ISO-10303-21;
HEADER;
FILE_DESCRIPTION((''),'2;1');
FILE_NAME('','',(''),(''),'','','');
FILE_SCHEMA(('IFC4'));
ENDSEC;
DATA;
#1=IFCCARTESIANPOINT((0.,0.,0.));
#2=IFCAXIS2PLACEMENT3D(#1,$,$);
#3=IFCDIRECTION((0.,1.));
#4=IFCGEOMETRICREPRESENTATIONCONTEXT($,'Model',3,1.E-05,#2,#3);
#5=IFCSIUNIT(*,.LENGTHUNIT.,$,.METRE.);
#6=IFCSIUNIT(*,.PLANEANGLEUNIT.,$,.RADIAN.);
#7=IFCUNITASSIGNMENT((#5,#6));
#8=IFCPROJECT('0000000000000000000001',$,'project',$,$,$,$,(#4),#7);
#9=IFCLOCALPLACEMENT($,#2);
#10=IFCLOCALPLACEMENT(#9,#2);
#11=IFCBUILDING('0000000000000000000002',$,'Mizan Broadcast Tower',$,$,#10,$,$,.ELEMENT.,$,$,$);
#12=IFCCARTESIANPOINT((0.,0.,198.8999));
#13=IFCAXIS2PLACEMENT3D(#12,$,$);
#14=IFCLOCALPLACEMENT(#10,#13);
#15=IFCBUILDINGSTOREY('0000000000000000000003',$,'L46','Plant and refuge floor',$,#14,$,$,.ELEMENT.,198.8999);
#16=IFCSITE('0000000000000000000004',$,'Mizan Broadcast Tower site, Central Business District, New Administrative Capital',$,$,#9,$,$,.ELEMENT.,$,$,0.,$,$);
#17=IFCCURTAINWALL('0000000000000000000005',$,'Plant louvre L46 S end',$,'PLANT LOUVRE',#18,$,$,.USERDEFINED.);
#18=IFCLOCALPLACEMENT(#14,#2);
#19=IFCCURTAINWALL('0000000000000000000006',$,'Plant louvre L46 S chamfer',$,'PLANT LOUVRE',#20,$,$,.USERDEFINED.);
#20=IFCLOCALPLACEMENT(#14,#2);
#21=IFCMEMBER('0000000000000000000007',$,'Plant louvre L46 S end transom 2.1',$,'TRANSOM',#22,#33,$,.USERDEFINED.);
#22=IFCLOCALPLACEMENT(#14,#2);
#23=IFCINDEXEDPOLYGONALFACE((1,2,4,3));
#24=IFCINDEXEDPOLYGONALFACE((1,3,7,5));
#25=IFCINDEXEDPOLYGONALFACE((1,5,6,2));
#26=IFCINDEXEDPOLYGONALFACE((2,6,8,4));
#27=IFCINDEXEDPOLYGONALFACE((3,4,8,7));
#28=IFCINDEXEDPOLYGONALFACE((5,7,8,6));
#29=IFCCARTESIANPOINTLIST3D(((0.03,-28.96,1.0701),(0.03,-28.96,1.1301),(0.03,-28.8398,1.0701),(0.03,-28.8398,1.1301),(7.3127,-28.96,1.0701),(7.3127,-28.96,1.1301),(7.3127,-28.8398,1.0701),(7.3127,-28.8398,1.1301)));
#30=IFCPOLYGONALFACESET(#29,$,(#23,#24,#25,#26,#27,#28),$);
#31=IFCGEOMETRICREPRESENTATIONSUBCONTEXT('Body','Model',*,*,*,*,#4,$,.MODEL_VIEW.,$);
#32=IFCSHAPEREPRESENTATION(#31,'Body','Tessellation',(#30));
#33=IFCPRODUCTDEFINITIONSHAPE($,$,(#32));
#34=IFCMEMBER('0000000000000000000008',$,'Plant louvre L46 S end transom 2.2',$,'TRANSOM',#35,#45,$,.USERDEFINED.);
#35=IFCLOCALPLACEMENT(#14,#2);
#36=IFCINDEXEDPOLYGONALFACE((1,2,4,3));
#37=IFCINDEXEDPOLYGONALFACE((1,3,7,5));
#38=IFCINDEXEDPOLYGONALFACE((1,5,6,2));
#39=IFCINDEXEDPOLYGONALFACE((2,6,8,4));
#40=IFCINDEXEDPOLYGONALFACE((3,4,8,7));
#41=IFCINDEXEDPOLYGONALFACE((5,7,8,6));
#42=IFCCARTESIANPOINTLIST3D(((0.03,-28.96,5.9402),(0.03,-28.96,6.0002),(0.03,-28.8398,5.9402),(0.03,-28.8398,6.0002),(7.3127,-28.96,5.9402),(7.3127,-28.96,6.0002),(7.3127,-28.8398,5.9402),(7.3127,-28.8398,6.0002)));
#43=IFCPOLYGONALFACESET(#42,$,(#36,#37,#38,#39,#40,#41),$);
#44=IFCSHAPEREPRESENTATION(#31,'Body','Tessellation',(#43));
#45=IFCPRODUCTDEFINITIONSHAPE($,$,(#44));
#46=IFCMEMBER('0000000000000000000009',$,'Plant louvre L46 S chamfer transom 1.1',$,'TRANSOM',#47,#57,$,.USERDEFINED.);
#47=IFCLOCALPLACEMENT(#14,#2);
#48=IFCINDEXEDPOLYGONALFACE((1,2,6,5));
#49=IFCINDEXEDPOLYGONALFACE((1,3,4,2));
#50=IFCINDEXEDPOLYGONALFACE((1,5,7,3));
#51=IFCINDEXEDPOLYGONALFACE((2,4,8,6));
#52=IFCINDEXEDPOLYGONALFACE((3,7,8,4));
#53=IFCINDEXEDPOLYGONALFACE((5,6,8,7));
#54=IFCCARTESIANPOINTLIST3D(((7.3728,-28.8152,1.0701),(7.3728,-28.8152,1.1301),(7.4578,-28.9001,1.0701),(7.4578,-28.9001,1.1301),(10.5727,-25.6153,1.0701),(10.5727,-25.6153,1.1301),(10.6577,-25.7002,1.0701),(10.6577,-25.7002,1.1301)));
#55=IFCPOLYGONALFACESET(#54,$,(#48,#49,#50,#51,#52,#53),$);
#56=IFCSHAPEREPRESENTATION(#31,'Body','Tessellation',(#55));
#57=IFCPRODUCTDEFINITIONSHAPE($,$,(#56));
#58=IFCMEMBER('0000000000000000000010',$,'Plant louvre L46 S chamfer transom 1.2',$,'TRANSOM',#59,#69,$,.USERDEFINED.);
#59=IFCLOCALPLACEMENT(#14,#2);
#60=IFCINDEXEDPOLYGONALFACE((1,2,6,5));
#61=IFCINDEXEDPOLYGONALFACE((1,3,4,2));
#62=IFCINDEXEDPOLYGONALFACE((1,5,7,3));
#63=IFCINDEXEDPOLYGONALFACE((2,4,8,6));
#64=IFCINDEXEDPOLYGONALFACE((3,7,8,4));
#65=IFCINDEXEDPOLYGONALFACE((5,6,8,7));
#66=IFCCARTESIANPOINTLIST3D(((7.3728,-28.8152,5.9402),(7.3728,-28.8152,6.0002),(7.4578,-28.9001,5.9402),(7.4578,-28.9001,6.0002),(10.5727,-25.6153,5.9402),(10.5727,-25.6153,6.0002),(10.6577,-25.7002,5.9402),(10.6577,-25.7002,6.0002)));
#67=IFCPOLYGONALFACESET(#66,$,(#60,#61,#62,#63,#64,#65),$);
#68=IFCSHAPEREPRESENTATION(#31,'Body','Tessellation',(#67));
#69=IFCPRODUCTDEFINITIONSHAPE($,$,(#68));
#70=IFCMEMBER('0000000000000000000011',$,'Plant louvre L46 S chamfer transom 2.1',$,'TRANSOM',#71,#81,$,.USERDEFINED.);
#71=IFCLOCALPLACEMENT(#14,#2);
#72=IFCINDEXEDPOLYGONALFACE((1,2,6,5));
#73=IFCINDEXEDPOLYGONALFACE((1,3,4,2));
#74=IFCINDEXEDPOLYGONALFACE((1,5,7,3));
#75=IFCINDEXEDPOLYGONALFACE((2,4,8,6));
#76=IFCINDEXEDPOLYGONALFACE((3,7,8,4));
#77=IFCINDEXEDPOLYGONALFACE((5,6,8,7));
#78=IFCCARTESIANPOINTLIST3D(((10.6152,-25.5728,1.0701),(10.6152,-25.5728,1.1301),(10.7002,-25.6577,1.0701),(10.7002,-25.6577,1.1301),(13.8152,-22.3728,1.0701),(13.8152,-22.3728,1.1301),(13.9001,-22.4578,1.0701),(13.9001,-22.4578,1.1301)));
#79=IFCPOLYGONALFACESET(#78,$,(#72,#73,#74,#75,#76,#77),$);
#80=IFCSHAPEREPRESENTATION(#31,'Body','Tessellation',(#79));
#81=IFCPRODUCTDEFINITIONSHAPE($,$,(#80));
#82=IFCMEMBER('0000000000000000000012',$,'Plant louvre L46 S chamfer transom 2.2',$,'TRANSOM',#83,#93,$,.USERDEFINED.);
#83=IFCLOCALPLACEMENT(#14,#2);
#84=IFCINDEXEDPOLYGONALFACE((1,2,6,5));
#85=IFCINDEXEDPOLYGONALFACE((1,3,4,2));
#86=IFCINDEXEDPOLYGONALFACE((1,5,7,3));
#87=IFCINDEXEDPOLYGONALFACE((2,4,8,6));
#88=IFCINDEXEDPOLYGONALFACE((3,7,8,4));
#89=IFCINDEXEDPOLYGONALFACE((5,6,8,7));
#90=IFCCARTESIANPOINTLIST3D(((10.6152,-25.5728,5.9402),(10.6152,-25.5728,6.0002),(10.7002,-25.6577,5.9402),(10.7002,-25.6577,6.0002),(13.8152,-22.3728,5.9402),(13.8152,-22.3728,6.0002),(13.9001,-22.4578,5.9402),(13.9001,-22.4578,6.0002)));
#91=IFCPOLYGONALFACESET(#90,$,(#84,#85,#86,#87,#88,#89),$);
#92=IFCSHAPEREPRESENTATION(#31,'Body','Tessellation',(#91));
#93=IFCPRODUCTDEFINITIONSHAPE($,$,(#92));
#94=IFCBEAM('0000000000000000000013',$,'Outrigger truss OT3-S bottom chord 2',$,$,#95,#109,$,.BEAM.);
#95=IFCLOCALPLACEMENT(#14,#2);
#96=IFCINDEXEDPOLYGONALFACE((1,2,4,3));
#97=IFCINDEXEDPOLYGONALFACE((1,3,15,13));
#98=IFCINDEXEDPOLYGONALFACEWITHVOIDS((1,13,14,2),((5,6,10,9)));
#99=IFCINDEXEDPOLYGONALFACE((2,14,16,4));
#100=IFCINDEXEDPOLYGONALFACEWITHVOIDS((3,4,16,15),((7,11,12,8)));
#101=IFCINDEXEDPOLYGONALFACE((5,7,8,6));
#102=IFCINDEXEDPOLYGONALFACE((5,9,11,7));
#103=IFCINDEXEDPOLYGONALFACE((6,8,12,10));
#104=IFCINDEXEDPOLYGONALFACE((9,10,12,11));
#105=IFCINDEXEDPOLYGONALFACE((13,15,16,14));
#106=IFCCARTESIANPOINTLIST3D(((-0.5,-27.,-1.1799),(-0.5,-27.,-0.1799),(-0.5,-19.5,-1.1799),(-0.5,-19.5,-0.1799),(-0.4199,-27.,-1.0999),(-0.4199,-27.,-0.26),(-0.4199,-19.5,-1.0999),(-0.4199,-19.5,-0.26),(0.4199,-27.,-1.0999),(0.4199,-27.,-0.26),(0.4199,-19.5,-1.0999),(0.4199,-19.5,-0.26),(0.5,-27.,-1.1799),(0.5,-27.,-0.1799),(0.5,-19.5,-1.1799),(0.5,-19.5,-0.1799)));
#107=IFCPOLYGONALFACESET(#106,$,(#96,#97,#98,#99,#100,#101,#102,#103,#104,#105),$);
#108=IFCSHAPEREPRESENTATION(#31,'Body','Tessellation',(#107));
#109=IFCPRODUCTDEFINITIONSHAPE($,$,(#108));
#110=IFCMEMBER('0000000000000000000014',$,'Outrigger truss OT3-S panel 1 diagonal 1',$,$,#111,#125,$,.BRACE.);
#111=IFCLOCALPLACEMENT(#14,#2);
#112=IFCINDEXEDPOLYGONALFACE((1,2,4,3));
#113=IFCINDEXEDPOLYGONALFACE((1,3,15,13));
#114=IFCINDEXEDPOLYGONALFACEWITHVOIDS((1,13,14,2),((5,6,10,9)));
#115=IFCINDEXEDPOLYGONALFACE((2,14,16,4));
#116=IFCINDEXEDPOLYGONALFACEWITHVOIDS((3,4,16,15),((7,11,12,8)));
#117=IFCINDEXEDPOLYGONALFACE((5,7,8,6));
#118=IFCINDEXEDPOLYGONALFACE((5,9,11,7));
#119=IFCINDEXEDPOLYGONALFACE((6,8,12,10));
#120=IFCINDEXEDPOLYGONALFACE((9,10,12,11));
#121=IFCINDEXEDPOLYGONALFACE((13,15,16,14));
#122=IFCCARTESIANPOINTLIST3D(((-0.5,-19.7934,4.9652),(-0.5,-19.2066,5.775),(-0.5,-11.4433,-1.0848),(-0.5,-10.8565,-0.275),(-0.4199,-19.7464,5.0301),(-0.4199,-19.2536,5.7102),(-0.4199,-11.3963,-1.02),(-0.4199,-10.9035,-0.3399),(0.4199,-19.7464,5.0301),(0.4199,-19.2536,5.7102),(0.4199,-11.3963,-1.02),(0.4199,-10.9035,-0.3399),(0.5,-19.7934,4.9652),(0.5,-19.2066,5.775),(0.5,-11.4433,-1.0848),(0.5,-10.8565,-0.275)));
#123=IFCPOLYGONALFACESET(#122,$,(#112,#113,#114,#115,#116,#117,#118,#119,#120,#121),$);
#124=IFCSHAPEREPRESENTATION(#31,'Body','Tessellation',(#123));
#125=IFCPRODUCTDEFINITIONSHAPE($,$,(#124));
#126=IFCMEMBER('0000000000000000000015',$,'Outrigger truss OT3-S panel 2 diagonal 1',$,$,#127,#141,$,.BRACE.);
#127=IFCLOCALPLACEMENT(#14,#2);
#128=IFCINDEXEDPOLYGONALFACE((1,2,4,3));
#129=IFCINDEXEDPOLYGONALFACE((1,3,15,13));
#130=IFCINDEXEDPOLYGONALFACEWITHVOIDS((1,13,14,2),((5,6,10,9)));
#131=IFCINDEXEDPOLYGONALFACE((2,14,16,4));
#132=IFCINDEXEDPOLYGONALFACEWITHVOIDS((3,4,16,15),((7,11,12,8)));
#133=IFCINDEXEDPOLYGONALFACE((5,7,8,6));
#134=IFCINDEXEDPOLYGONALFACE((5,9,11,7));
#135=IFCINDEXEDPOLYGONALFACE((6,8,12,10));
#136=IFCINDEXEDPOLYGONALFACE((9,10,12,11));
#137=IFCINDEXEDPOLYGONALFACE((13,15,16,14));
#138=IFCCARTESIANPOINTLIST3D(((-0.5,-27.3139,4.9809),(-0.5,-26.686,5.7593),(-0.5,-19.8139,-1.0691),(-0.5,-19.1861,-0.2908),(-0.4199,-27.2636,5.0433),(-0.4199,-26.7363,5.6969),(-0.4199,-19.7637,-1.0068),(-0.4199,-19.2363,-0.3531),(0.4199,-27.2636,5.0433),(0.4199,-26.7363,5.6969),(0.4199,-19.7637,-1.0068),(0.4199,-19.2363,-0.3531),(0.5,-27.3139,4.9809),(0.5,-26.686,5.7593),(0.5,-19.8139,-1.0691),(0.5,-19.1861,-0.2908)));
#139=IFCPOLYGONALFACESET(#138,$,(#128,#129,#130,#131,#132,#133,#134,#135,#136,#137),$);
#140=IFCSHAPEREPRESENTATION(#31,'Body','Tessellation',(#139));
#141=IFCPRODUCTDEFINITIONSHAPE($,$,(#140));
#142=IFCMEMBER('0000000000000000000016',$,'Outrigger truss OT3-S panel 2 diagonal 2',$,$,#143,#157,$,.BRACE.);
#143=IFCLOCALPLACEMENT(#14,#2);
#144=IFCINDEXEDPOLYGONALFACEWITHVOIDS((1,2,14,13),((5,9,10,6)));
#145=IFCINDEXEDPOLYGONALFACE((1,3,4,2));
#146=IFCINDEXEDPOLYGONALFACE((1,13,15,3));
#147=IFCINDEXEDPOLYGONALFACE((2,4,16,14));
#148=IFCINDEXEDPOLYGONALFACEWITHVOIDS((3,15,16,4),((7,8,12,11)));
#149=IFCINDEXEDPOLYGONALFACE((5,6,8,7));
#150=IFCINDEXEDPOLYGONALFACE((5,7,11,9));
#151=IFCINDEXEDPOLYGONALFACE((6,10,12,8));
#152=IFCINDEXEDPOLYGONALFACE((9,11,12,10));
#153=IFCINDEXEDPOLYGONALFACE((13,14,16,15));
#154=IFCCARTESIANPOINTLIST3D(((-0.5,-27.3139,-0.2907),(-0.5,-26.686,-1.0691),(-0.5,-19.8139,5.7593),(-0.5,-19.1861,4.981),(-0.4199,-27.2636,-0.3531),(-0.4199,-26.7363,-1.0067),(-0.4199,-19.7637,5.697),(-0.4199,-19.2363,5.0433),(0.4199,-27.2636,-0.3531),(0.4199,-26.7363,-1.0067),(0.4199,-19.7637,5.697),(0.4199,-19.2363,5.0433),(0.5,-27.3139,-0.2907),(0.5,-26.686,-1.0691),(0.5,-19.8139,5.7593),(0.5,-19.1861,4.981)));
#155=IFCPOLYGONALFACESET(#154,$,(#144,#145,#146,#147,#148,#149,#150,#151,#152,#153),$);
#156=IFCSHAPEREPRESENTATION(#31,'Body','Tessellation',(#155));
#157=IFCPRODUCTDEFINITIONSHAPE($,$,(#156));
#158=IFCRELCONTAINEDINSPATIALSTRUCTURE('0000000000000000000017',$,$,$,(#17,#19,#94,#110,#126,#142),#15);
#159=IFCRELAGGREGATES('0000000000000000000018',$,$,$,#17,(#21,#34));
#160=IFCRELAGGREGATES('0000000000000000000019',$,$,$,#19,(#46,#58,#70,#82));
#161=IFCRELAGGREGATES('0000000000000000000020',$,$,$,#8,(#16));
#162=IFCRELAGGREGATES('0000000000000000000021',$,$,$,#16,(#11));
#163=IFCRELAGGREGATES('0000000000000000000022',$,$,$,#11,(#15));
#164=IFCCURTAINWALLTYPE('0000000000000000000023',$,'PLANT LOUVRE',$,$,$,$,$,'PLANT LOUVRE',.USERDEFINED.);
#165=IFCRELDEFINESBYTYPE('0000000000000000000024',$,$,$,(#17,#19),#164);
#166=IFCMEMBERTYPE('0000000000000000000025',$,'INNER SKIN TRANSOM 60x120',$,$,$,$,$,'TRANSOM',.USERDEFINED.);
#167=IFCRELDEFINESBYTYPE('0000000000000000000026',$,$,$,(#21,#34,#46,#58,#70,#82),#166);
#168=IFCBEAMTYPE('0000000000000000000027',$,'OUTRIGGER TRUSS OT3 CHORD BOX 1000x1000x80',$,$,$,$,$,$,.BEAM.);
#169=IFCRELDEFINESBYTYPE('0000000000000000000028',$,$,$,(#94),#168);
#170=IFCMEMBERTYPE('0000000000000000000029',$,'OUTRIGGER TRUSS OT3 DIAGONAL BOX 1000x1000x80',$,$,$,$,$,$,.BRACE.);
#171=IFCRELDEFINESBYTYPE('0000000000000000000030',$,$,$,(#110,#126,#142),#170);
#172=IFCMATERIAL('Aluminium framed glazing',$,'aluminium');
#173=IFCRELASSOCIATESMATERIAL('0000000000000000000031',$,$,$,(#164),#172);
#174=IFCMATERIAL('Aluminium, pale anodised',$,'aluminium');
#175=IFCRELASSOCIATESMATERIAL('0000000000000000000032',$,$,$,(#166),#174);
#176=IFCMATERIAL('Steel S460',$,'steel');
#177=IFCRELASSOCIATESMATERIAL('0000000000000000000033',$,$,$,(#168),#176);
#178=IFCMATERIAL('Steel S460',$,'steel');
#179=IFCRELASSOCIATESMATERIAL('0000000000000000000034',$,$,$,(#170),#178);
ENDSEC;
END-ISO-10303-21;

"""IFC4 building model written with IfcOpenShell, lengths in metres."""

from ifc_helpers import new_model, si_unit, direction, frame, origin, origin_2d, place, context, subcontext, project, spatial, rectangle, hollow_rectangle, extrude, material, material_profile, profile_set, type_object, element, aggregate, save


model = new_model("IFC4")

# Units and contexts
model_context = context("Model", 3, precision=1e-05, world=origin(), true_north=direction((0.0, 1.0)))
body_context = subcontext(model_context, "Body", "Model", "MODEL_VIEW")
ifc_project = project(units=[si_unit("LENGTHUNIT", "METRE"), si_unit("PLANEANGLEUNIT", "RADIAN")], contexts=[model_context])

# Site, building, storey
site_placement = place(None, origin())
site = spatial("IfcSite", under=ifc_project, at=site_placement, Name="Mizan Broadcast Tower site, Central Business District, New Administrative Capital", CompositionType="ELEMENT", RefElevation=0.0)
building_placement = place(site_placement, origin())
building = spatial("IfcBuilding", under=site, at=building_placement, Name="Mizan Broadcast Tower", CompositionType="ELEMENT")
storey_placement = place(building_placement, frame((0.0, 0.0, 198.8999)))
storey = spatial("IfcBuildingStorey", under=building, at=storey_placement, Name="L46", Description="Plant and refuge floor", CompositionType="ELEMENT", Elevation=198.8999)

# Curtain wall
ifc_material_1 = material(Name="Aluminium framed glazing", Category="aluminium")
curtain_wall_type = type_object("IfcCurtainWallType", Name="PLANT LOUVRE", ElementType="PLANT LOUVRE", PredefinedType="USERDEFINED", material=ifc_material_1)
curtain_wall_1_placement = place(storey_placement, origin())
curtain_wall_1 = element("IfcCurtainWall", 1, at=curtain_wall_1_placement, inside=storey, type_object=curtain_wall_type, Name="Plant louvre L46 S end", ObjectType="PLANT LOUVRE", PredefinedType="USERDEFINED")

# Curtain wall
curtain_wall_2_placement = place(storey_placement, origin())
curtain_wall_2 = element("IfcCurtainWall", 2, at=curtain_wall_2_placement, inside=storey, type_object=curtain_wall_type, Name="Plant louvre L46 S chamfer", ObjectType="PLANT LOUVRE", PredefinedType="USERDEFINED")

# Members
ifc_material_2 = material(Name="Aluminium, pale anodised", Category="aluminium")
ifc_material_profile_1 = material_profile(ifc_material_2, rectangle(XDim=0.1201, YDim=0.0601, at=origin_2d()), Name="TRANSOM 120x60")
ifc_profile_set_1 = profile_set([ifc_material_profile_1], Name="Aluminium, pale anodised")
member_type_1 = type_object("IfcMemberType", Name="INNER SKIN TRANSOM 60x120", ElementType="TRANSOM", PredefinedType="USERDEFINED", material=ifc_profile_set_1)
member_1_placement = place(storey_placement, frame((0.03, -28.8999, 1.1001), z_axis=(1.0, 0.0, 0.0), x_axis=(0.0, 1.0, 0.0)))
member_1 = element("IfcMember", 3, at=member_1_placement, type_object=member_type_1, Name="Plant louvre L46 S end transom 2.1", ObjectType="TRANSOM", PredefinedType="USERDEFINED", context=body_context, shape_type="SweptSolid", body=[
    extrude(rectangle(XDim=0.1201, YDim=0.0601, at=origin_2d()), origin(), (0.0, 0.0, 1.0), 7.2827),
])
member_2_placement = place(storey_placement, frame((0.03, -28.8999, 5.9702), z_axis=(1.0, 0.0, 0.0), x_axis=(0.0, 1.0, 0.0)))
member_2 = element("IfcMember", 4, at=member_2_placement, type_object=member_type_1, Name="Plant louvre L46 S end transom 2.2", ObjectType="TRANSOM", PredefinedType="USERDEFINED", context=body_context, shape_type="SweptSolid", body=[
    extrude(rectangle(XDim=0.1201, YDim=0.0601, at=origin_2d()), origin(), (0.0, 0.0, 1.0), 7.2827),
])
member_3_placement = place(storey_placement, frame((7.4153, -28.8577, 1.1001), z_axis=(0.707107, 0.707107, 0.0), x_axis=(-0.707107, 0.707107, 0.0)))
member_3 = element("IfcMember", 5, at=member_3_placement, type_object=member_type_1, Name="Plant louvre L46 S chamfer transom 1.1", ObjectType="TRANSOM", PredefinedType="USERDEFINED", context=body_context, shape_type="SweptSolid", body=[
    extrude(rectangle(XDim=0.1201, YDim=0.0601, at=origin_2d()), origin(), (0.0, 0.0, 1.0), 4.5254),
])
member_4_placement = place(storey_placement, frame((7.4153, -28.8577, 5.9702), z_axis=(0.707107, 0.707107, 0.0), x_axis=(-0.707107, 0.707107, 0.0)))
member_4 = element("IfcMember", 6, at=member_4_placement, type_object=member_type_1, Name="Plant louvre L46 S chamfer transom 1.2", ObjectType="TRANSOM", PredefinedType="USERDEFINED", context=body_context, shape_type="SweptSolid", body=[
    extrude(rectangle(XDim=0.1201, YDim=0.0601, at=origin_2d()), origin(), (0.0, 0.0, 1.0), 4.5254),
])
member_5_placement = place(storey_placement, frame((10.6577, -25.6152, 1.1001), z_axis=(0.707107, 0.707107, 0.0), x_axis=(-0.707107, 0.707107, 0.0)))
member_5 = element("IfcMember", 7, at=member_5_placement, type_object=member_type_1, Name="Plant louvre L46 S chamfer transom 2.1", ObjectType="TRANSOM", PredefinedType="USERDEFINED", context=body_context, shape_type="SweptSolid", body=[
    extrude(rectangle(XDim=0.1201, YDim=0.0601, at=origin_2d()), origin(), (0.0, 0.0, 1.0), 4.5254),
])
member_6_placement = place(storey_placement, frame((10.6577, -25.6152, 5.9702), z_axis=(0.707107, 0.707107, 0.0), x_axis=(-0.707107, 0.707107, 0.0)))
member_6 = element("IfcMember", 8, at=member_6_placement, type_object=member_type_1, Name="Plant louvre L46 S chamfer transom 2.2", ObjectType="TRANSOM", PredefinedType="USERDEFINED", context=body_context, shape_type="SweptSolid", body=[
    extrude(rectangle(XDim=0.1201, YDim=0.0601, at=origin_2d()), origin(), (0.0, 0.0, 1.0), 4.5254),
])

# Beam
ifc_material_3 = material(Name="Steel S460", Category="steel")
ifc_material_profile_2 = material_profile(ifc_material_3, hollow_rectangle(XDim=1.0, YDim=1.0, WallThickness=0.0801, at=origin_2d()), Name="BOX 1000x1000x80")
ifc_profile_set_2 = profile_set([ifc_material_profile_2], Name="Steel S460")
beam_type_1 = type_object("IfcBeamType", Name="OUTRIGGER TRUSS OT3 CHORD BOX 1000x1000x80", PredefinedType="BEAM", material=ifc_profile_set_2)
beam_1_placement = place(storey_placement, frame((0.0, -19.5, -0.6799), z_axis=(0.0, -1.0, 0.0), x_axis=(1.0, 0.0, 0.0)))
element("IfcBeam", 9, at=beam_1_placement, inside=storey, type_object=beam_type_1, Name="Outrigger truss OT3-S bottom chord 2", PredefinedType="BEAM", context=body_context, shape_type="SweptSolid", body=[
    extrude(hollow_rectangle(XDim=1.0, YDim=1.0, WallThickness=0.0801, at=origin_2d()), origin(), (0.0, 0.0, 1.0), 7.5),
])

# Members
ifc_material_4 = material(Name="Steel S460", Category="steel")
ifc_material_profile_3 = material_profile(ifc_material_4, hollow_rectangle(XDim=1.0, YDim=1.0, WallThickness=0.0801, at=origin_2d()), Name="BOX 1000x1000x80")
ifc_profile_set_3 = profile_set([ifc_material_profile_3], Name="Steel S460")
member_type_2 = type_object("IfcMemberType", Name="OUTRIGGER TRUSS OT3 DIAGONAL BOX 1000x1000x80", PredefinedType="BRACE", material=ifc_profile_set_3)
member_7_placement = place(storey_placement, frame((0.0, -11.1499, -0.6799), z_axis=(0.0, -0.809784, 0.586728), x_axis=(1.0, 0.0, 0.0)))
element("IfcMember", 10, at=member_7_placement, inside=storey, type_object=member_type_2, Name="Outrigger truss OT3-S panel 1 diagonal 1", PredefinedType="BRACE", context=body_context, shape_type="SweptSolid", body=[
    extrude(hollow_rectangle(XDim=1.0, YDim=1.0, WallThickness=0.0801, at=origin_2d()), origin(), (0.0, 0.0, 1.0), 10.3115),
])
for number, where, z_axis, x_axis, name in (
    (11, (0.0, -19.5, -0.6799), (0.0, -0.778329, 0.627857), (1.0, 0.0, 0.0), "Outrigger truss OT3-S panel 2 diagonal 1"),
    (12, (0.0, -19.5, 5.3701), (0.0, -0.778329, -0.627857), (1.0, 0.0, 0.0), "Outrigger truss OT3-S panel 2 diagonal 2"),
):
    element("IfcMember", number, at=place(storey_placement, frame(where, z_axis=z_axis, x_axis=x_axis)), inside=storey, type_object=member_type_2, Name=name, PredefinedType="BRACE", context=body_context, shape_type="SweptSolid", body=[
        extrude(hollow_rectangle(XDim=1.0, YDim=1.0, WallThickness=0.0801, at=origin_2d()), origin(), (0.0, 0.0, 1.0), 9.636),
    ])

aggregate(curtain_wall_1, [member_1, member_2])
aggregate(curtain_wall_2, [member_3, member_4, member_5, member_6])

save(model, "model.ifc")
